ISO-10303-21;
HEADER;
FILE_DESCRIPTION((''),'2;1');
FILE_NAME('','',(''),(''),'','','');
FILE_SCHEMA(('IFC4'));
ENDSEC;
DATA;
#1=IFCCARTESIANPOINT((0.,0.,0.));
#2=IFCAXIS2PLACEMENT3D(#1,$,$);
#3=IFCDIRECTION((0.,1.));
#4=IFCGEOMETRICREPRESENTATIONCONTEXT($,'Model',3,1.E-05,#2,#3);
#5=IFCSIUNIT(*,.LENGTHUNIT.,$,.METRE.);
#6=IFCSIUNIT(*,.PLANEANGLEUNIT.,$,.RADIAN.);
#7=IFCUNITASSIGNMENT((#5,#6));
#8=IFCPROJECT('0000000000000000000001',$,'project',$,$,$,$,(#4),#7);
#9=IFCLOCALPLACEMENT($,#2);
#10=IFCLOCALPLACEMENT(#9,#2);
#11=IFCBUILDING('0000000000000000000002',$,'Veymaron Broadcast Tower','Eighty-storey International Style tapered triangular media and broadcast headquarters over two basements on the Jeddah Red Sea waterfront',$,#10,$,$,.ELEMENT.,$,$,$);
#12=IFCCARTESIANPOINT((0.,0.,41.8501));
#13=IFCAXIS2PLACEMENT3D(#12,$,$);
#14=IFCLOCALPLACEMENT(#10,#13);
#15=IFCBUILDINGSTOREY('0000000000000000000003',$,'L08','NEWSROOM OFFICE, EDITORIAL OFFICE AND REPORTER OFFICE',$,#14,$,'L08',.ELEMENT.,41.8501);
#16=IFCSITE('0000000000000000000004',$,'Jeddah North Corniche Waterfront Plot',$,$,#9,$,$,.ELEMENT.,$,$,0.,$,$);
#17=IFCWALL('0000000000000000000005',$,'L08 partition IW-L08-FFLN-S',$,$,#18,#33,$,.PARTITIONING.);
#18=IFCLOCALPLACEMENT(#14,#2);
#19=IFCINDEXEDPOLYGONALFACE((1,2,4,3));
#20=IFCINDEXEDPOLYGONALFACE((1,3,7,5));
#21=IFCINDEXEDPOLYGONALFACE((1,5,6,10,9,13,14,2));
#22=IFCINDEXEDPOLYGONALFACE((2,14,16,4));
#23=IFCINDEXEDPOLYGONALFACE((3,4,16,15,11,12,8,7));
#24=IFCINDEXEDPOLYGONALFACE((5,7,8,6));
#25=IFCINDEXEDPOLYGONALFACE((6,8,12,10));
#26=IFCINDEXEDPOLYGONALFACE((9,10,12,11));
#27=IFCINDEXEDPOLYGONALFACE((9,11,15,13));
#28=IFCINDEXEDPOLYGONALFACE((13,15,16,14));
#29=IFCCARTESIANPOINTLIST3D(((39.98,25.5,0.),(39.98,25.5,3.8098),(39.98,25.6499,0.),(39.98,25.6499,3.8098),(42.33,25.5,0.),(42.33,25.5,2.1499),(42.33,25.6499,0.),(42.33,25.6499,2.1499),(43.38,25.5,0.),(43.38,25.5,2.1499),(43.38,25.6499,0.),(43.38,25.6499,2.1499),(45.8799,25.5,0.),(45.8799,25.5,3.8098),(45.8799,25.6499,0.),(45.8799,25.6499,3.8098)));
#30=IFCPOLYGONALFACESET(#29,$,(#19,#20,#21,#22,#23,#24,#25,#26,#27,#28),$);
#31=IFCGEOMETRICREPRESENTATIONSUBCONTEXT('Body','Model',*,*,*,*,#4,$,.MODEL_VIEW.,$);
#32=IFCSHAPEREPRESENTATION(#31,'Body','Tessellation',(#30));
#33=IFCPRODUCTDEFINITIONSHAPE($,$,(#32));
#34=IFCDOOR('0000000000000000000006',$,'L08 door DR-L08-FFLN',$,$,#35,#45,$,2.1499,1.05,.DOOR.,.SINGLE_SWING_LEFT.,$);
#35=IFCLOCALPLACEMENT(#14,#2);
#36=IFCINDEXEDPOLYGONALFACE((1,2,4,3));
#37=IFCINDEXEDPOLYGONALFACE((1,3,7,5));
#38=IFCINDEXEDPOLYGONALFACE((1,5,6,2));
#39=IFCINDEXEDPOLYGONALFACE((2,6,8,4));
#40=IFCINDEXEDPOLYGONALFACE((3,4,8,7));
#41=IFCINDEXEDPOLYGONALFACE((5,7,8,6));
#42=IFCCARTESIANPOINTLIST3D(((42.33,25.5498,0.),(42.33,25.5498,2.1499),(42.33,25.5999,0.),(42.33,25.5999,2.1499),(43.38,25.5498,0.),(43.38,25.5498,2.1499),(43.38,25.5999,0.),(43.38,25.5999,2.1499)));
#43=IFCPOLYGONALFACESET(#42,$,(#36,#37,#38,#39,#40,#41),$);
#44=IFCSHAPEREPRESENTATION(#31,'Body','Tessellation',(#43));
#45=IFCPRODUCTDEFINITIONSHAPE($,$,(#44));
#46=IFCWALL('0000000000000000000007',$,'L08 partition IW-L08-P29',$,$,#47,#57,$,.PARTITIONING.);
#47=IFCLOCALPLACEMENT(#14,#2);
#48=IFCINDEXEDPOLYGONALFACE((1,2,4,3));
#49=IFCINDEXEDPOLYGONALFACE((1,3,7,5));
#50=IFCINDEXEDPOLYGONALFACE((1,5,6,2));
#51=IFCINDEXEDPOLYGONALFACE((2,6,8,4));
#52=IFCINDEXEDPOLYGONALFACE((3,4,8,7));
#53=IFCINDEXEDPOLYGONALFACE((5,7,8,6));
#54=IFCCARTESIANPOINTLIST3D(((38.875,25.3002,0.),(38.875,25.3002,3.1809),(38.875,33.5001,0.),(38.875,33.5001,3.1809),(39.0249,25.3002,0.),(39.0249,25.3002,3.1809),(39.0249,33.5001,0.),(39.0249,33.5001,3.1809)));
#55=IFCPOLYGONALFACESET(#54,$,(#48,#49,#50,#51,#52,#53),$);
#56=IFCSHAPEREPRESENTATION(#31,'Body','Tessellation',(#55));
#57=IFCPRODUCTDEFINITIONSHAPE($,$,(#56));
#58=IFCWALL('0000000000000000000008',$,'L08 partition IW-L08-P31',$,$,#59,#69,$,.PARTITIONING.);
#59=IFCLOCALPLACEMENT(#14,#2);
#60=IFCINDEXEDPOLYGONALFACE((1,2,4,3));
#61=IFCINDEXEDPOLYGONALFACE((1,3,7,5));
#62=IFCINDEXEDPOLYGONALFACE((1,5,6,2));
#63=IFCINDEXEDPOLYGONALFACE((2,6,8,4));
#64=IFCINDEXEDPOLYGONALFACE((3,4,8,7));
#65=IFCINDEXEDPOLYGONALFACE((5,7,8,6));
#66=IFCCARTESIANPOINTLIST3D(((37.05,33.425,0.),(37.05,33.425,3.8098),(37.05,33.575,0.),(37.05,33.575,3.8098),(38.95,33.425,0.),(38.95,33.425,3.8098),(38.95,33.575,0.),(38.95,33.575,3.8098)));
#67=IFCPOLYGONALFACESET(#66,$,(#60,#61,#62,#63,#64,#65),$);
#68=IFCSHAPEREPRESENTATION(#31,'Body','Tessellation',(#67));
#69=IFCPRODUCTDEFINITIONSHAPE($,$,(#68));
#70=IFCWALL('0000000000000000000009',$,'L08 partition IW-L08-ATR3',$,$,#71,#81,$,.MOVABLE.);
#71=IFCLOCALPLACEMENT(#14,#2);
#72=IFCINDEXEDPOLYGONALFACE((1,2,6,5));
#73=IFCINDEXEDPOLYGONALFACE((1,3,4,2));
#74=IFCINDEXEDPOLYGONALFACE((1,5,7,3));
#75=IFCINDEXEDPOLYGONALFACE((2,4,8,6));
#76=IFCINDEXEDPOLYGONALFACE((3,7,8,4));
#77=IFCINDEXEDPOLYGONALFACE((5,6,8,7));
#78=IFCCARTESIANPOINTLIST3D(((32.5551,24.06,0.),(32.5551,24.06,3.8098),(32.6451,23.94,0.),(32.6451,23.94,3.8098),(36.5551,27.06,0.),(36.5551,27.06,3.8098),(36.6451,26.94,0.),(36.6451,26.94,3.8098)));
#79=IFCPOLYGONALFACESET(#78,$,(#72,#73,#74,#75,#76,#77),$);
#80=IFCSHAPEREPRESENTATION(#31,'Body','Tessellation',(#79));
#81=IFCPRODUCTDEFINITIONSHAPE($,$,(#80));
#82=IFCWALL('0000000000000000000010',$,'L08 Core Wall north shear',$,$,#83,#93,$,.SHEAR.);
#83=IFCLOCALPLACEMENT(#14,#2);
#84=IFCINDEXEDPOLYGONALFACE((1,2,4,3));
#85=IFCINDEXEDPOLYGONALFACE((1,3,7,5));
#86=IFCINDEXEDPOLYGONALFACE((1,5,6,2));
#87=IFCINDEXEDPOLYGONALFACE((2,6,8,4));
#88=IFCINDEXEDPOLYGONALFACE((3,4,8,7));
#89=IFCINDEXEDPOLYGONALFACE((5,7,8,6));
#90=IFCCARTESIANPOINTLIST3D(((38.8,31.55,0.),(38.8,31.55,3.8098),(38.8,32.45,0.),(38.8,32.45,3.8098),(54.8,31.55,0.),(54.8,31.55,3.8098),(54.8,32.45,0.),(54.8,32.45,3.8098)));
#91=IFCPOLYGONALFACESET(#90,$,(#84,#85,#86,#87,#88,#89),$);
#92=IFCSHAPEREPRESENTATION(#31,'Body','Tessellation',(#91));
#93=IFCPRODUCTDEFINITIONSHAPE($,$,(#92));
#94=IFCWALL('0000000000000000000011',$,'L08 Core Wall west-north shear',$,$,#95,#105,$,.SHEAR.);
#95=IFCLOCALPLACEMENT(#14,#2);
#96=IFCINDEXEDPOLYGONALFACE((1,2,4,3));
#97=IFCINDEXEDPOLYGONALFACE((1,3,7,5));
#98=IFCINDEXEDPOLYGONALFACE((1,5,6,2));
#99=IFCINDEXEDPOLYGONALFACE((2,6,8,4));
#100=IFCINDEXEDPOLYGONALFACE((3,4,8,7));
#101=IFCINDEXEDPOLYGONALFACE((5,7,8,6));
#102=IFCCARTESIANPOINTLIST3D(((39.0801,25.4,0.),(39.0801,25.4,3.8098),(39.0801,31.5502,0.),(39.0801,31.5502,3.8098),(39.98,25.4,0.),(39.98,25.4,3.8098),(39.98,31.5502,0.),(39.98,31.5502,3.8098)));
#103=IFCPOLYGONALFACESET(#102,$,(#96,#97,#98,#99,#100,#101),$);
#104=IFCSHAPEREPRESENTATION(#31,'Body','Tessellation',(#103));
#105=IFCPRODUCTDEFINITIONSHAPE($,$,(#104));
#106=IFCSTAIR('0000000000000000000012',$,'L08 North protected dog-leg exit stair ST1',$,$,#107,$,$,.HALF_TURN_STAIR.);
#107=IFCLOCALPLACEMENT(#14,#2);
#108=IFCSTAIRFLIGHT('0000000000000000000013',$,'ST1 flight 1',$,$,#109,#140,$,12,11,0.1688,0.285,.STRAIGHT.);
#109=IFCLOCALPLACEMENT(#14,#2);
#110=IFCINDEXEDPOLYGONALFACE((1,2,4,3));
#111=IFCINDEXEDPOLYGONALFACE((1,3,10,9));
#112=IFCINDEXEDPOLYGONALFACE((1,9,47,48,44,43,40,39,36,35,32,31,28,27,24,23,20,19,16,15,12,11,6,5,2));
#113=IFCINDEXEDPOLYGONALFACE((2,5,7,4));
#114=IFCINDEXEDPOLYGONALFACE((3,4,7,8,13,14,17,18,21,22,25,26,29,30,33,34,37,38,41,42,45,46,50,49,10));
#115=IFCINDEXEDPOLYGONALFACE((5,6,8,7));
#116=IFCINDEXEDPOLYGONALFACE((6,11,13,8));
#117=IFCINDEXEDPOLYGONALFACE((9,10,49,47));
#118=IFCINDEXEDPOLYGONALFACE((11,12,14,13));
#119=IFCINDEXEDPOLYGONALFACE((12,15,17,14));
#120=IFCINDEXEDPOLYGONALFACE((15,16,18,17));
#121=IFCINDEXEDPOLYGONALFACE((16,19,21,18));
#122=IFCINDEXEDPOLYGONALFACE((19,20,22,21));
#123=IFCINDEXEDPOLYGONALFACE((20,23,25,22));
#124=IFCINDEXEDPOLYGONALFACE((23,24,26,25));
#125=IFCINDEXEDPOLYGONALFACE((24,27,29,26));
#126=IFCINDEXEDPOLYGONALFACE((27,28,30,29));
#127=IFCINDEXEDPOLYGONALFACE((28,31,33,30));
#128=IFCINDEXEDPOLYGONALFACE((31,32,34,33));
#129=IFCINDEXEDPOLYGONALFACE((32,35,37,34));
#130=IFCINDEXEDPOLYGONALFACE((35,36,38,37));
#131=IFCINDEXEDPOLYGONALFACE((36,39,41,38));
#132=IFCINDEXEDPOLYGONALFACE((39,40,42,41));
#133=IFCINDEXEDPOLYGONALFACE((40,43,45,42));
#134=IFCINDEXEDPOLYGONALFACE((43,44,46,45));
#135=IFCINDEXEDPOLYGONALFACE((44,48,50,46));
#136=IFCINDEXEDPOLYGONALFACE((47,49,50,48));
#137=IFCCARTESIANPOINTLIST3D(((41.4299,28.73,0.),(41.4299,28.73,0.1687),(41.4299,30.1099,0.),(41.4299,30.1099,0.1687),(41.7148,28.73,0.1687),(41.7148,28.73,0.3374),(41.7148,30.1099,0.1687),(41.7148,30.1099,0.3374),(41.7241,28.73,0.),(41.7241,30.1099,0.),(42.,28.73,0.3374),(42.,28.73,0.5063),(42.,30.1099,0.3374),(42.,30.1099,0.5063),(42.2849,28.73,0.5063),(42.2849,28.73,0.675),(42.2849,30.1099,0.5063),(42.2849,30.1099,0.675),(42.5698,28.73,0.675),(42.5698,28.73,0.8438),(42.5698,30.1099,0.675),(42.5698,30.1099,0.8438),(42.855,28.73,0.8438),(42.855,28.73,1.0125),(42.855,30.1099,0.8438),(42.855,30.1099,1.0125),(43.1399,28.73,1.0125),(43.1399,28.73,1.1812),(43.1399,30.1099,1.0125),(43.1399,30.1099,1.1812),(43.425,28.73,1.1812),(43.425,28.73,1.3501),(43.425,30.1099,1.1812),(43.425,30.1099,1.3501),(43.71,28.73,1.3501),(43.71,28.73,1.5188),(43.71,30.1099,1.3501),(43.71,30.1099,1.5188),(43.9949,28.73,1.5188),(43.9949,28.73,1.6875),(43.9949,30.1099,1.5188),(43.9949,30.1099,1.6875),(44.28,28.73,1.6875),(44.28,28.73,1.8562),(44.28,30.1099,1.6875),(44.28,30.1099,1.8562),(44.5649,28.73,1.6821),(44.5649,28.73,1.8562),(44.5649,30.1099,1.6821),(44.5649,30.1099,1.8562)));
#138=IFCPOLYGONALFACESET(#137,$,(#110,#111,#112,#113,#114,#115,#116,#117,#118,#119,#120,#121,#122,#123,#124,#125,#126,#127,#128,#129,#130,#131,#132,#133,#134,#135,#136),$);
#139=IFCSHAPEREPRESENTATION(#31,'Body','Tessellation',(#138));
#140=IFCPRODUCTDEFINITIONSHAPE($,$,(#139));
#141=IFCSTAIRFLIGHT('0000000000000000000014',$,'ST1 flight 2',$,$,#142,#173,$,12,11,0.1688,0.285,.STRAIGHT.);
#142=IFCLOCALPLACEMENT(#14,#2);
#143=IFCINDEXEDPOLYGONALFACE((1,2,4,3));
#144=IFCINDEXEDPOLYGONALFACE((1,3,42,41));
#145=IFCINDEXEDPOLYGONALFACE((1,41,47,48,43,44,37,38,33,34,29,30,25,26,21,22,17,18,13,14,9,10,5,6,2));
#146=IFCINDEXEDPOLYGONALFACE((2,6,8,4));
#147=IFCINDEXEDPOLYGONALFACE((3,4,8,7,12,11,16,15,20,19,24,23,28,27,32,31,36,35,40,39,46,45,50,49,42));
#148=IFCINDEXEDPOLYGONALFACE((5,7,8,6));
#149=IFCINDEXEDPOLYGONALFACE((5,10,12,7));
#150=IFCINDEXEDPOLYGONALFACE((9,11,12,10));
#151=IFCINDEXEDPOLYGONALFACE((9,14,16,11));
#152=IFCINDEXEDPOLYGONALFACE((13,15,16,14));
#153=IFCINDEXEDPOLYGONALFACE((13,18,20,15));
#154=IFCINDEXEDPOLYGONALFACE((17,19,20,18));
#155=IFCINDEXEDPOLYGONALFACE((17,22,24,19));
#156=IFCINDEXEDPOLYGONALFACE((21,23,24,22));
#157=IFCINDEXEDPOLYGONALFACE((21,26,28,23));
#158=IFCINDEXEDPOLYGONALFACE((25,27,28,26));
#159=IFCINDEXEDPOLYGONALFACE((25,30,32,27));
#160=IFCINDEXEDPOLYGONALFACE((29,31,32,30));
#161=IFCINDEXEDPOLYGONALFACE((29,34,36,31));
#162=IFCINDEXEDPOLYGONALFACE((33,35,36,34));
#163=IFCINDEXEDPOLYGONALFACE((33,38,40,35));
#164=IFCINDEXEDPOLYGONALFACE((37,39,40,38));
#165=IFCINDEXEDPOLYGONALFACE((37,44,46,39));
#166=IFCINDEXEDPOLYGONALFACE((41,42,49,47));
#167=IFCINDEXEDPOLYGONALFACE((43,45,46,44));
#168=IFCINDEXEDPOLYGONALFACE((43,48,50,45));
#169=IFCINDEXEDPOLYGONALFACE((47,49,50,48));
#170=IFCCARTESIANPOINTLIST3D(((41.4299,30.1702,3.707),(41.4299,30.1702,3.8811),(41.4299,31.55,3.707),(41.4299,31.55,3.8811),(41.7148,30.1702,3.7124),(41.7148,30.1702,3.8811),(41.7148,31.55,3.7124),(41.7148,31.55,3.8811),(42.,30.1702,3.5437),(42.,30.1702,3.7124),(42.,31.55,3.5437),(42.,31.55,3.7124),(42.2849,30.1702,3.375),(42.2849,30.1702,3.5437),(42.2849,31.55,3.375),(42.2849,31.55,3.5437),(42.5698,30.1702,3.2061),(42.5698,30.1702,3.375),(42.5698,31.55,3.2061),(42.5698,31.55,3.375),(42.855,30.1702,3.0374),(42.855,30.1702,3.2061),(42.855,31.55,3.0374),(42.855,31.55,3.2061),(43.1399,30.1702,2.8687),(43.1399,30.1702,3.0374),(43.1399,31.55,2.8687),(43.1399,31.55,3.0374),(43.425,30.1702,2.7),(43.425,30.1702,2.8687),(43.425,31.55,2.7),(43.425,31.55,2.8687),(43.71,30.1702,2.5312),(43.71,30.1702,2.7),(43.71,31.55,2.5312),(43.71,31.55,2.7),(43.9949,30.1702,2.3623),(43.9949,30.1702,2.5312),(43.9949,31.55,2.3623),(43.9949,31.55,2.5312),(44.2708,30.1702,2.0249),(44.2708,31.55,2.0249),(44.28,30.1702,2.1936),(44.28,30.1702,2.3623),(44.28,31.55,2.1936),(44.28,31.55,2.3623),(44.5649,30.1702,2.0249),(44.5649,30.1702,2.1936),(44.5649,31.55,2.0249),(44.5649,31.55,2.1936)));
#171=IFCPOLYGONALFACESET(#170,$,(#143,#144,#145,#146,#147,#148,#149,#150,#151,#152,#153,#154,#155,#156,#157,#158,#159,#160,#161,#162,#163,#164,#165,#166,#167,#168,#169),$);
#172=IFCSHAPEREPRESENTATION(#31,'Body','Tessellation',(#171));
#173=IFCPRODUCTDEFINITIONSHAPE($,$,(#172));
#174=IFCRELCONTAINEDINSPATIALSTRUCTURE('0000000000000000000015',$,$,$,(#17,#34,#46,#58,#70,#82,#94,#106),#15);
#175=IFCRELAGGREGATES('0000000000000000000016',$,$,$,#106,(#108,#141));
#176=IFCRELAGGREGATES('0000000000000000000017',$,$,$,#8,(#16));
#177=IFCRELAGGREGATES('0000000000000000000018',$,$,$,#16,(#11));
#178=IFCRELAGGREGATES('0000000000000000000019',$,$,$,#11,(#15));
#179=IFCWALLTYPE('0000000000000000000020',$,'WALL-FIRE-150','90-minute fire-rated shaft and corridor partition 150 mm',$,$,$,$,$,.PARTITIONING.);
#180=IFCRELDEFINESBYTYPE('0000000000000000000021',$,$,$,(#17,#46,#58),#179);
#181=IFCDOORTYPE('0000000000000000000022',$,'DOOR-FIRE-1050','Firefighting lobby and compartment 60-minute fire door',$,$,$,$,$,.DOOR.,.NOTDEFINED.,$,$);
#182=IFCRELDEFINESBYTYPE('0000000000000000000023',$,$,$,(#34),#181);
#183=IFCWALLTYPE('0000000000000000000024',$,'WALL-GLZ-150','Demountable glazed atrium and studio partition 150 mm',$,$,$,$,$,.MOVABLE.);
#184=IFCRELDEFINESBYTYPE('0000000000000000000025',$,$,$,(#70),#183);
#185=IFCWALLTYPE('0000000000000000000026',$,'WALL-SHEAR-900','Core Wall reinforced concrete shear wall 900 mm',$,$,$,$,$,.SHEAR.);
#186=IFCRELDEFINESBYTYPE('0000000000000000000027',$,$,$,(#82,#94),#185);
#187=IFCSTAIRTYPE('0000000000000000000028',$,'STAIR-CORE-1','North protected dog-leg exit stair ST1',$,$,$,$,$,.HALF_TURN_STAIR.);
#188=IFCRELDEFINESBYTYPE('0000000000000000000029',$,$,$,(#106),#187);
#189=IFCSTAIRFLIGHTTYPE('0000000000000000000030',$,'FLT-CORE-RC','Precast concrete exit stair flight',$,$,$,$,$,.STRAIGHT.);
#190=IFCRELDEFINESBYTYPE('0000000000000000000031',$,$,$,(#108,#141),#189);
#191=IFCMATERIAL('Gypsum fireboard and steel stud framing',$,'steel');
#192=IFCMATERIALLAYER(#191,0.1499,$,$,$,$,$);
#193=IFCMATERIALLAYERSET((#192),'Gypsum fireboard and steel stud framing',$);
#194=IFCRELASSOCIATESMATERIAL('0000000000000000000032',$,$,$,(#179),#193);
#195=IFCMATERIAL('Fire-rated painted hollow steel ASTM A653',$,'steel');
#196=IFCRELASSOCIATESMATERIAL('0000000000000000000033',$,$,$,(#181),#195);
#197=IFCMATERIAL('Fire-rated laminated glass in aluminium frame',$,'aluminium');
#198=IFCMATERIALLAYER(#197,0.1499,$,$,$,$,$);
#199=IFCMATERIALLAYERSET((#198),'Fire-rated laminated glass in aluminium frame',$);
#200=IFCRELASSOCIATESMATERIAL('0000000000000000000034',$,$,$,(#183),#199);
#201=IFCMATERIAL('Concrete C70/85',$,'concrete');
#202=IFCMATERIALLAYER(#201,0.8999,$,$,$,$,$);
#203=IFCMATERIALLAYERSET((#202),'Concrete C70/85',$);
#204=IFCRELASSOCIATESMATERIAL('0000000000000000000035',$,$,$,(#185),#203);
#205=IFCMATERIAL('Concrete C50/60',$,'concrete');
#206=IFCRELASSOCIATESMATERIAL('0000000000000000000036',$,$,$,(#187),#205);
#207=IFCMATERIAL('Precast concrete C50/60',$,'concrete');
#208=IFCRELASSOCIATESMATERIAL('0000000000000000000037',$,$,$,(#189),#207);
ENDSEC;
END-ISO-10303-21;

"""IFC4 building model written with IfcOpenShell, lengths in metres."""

from ifc_helpers import new_model, si_unit, direction, frame, frame_2d, origin, place, context, subcontext, project, spatial, polyline, rectangle, outline, extrude, material, layer, layer_set, type_object, element, fill, aggregate, save


model = new_model("IFC4")

# Units and contexts
model_context = context("Model", 3, precision=1e-05, world=origin(), true_north=direction((0.0, 1.0)))
body_context = subcontext(model_context, "Body", "Model", "MODEL_VIEW")
ifc_project = project(units=[si_unit("LENGTHUNIT", "METRE"), si_unit("PLANEANGLEUNIT", "RADIAN")], contexts=[model_context])

# Site, building, storey
site_placement = place(None, origin())
site = spatial("IfcSite", under=ifc_project, at=site_placement, Name="Jeddah North Corniche Waterfront Plot", CompositionType="ELEMENT", RefElevation=0.0)
building_placement = place(site_placement, origin())
building = spatial("IfcBuilding", under=site, at=building_placement, Name="Veymaron Broadcast Tower", Description="Eighty-storey International Style tapered triangular media and broadcast headquarters over two basements on the Jeddah Red Sea waterfront", CompositionType="ELEMENT")
storey_placement = place(building_placement, frame((0.0, 0.0, 41.8501)))
storey = spatial("IfcBuildingStorey", under=building, at=storey_placement, Name="L08", Description="NEWSROOM OFFICE, EDITORIAL OFFICE AND REPORTER OFFICE", LongName="L08", CompositionType="ELEMENT", Elevation=41.8501)

# Wall, opening, door
ifc_material_1 = material(Name="Gypsum fireboard and steel stud framing", Category="steel")
ifc_layer_1 = layer(ifc_material_1, 0.1499)
ifc_layer_set_1 = layer_set([ifc_layer_1], Name="Gypsum fireboard and steel stud framing")
wall_type_1 = type_object("IfcWallType", Name="WALL-FIRE-150", Description="90-minute fire-rated shaft and corridor partition 150 mm", PredefinedType="PARTITIONING", material=ifc_layer_set_1)
wall_1_placement = place(storey_placement, frame((39.98, 25.575, 0.0), z_axis=(0.0, 0.0, 1.0), x_axis=(1.0, 0.0, 0.0)))
wall_1 = element("IfcWall", 1, at=wall_1_placement, inside=storey, type_object=wall_type_1, Name="L08 partition IW-L08-FFLN-S", PredefinedType="PARTITIONING", context=body_context, shape_type="SweptSolid", body=[
    extrude(rectangle(XDim=5.8999, YDim=0.1499, at=frame_2d((2.95, 0.0))), origin(), (0.0, 0.0, 1.0), 3.8098),
])
opening_1_placement = place(wall_1_placement, frame((2.3501, 0.0, 0.0)))
opening_1 = element("IfcOpeningElement", 2, at=opening_1_placement, cuts=wall_1, PredefinedType="OPENING", context=body_context, shape_type="SweptSolid", body=[
    extrude(rectangle(XDim=1.05, YDim=2.1499, at=frame_2d((0.5249, 1.075))), frame((0.0, 0.085, 0.0), z_axis=(0.0, -1.0, 0.0), x_axis=(1.0, 0.0, 0.0)), (0.0, 0.0, 1.0), 0.1699),
])
ifc_material_2 = material(Name="Fire-rated painted hollow steel ASTM A653", Category="steel")
door_type_1 = type_object("IfcDoorType", Name="DOOR-FIRE-1050", Description="Firefighting lobby and compartment 60-minute fire door", OperationType="NOTDEFINED", PredefinedType="DOOR", material=ifc_material_2)
door_1_placement = place(opening_1_placement, origin())
door_1 = element("IfcDoor", 3, at=door_1_placement, inside=storey, type_object=door_type_1, Name="L08 door DR-L08-FFLN", OperationType="SINGLE_SWING_LEFT", OverallHeight=2.1499, OverallWidth=1.05, PredefinedType="DOOR", context=body_context, shape_type="SweptSolid", body=[
    extrude(rectangle(XDim=1.05, YDim=2.1499, at=frame_2d((0.5249, 1.075))), frame((0.0, 0.0249, 0.0), z_axis=(0.0, -1.0, 0.0), x_axis=(1.0, 0.0, 0.0)), (0.0, 0.0, 1.0), 0.05),
])
fill(opening_1, door_1)

# Walls
wall_2_placement = place(storey_placement, frame((38.95, 25.3, 0.0), z_axis=(0.0, 0.0, 1.0), x_axis=(0.0, 1.0, 0.0)))
element("IfcWall", 4, at=wall_2_placement, inside=storey, type_object=wall_type_1, Name="L08 partition IW-L08-P29", PredefinedType="PARTITIONING", context=body_context, shape_type="SweptSolid", body=[
    extrude(rectangle(XDim=8.2, YDim=0.1499, at=frame_2d((4.1001, 0.0))), origin(), (0.0, 0.0, 1.0), 3.1809),
])
wall_3_placement = place(storey_placement, frame((37.05, 33.5, 0.0), z_axis=(0.0, 0.0, 1.0), x_axis=(1.0, 0.0, 0.0)))
element("IfcWall", 5, at=wall_3_placement, inside=storey, type_object=wall_type_1, Name="L08 partition IW-L08-P31", PredefinedType="PARTITIONING", context=body_context, shape_type="SweptSolid", body=[
    extrude(rectangle(XDim=1.8999, YDim=0.1499, at=frame_2d((0.95, 0.0))), origin(), (0.0, 0.0, 1.0), 3.8098),
])
ifc_material_3 = material(Name="Fire-rated laminated glass in aluminium frame", Category="aluminium")
ifc_layer_2 = layer(ifc_material_3, 0.1499)
ifc_layer_set_2 = layer_set([ifc_layer_2], Name="Fire-rated laminated glass in aluminium frame")
wall_type_2 = type_object("IfcWallType", Name="WALL-GLZ-150", Description="Demountable glazed atrium and studio partition 150 mm", PredefinedType="MOVABLE", material=ifc_layer_set_2)
wall_4_placement = place(storey_placement, frame((36.6001, 27.0, 0.0), z_axis=(0.0, 0.0, 1.0), x_axis=(-0.8, -0.6, 0.0)))
element("IfcWall", 6, at=wall_4_placement, inside=storey, type_object=wall_type_2, Name="L08 partition IW-L08-ATR3", PredefinedType="MOVABLE", context=body_context, shape_type="SweptSolid", body=[
    extrude(rectangle(XDim=5.0, YDim=0.1499, at=frame_2d((2.5, 0.0))), origin(), (0.0, 0.0, 1.0), 3.8098),
])

# Shared definitions
ifc_material_4 = material(Name="Concrete C50/60", Category="concrete")

# Walls
ifc_material_5 = material(Name="Concrete C70/85", Category="concrete")
ifc_layer_3 = layer(ifc_material_5, 0.8999)
ifc_layer_set_3 = layer_set([ifc_layer_3], Name="Concrete C70/85")
wall_type_3 = type_object("IfcWallType", Name="WALL-SHEAR-900", Description="Core Wall reinforced concrete shear wall 900 mm", PredefinedType="SHEAR", material=ifc_layer_set_3)
wall_5_placement = place(storey_placement, frame((38.8, 32.0, 0.0), z_axis=(0.0, 0.0, 1.0), x_axis=(1.0, 0.0, 0.0)))
element("IfcWall", 7, at=wall_5_placement, inside=storey, type_object=wall_type_3, Name="L08 Core Wall north shear", PredefinedType="SHEAR", context=body_context, shape_type="SweptSolid", body=[
    extrude(rectangle(XDim=16.0, YDim=0.8999, at=frame_2d((8.0, 0.0))), origin(), (0.0, 0.0, 1.0), 3.8098),
])
wall_6_placement = place(storey_placement, frame((39.53, 25.3999, 0.0), z_axis=(0.0, 0.0, 1.0), x_axis=(0.0, 1.0, 0.0)))
element("IfcWall", 8, at=wall_6_placement, inside=storey, type_object=wall_type_3, Name="L08 Core Wall west-north shear", PredefinedType="SHEAR", context=body_context, shape_type="SweptSolid", body=[
    extrude(rectangle(XDim=6.1501, YDim=0.8999, at=frame_2d((3.0752, 0.0))), origin(), (0.0, 0.0, 1.0), 3.8098),
])

# Stair, stair flights
stair_type = type_object("IfcStairType", Name="STAIR-CORE-1", Description="North protected dog-leg exit stair ST1", PredefinedType="HALF_TURN_STAIR", material=ifc_material_4)
stair_placement = place(storey_placement, origin())
stair = element("IfcStair", 9, at=stair_placement, inside=storey, type_object=stair_type, Name="L08 North protected dog-leg exit stair ST1", PredefinedType="HALF_TURN_STAIR")
ifc_material_6 = material(Name="Precast concrete C50/60", Category="concrete")
stair_flight_type = type_object("IfcStairFlightType", Name="FLT-CORE-RC", Description="Precast concrete exit stair flight", PredefinedType="STRAIGHT", material=ifc_material_6)
stair_flight_1_placement = place(storey_placement, frame((41.4299, 29.4199, 0.0), z_axis=(0.0, 0.0, 1.0), x_axis=(1.0, 0.0, 0.0)))
stair_flight_1 = element("IfcStairFlight", 10, at=stair_flight_1_placement, type_object=stair_flight_type, Name="ST1 flight 1", NumberOfRisers=12, NumberOfTreads=11, PredefinedType="STRAIGHT", RiserHeight=0.1688, TreadLength=0.285, context=body_context, shape_type="SweptSolid", body=[
    extrude(outline(polyline([(0.0, 0.0), (0.0, 0.1687), (0.2849, 0.1687), (0.2849, 0.3374), (0.5701, 0.3374), (0.5701, 0.5063), (0.855, 0.5063), (0.855, 0.675), (1.1399, 0.675), (1.1399, 0.8438), (1.425, 0.8438), (1.425, 1.0125), (1.71, 1.0125), (1.71, 1.1812), (1.9951, 1.1812), (1.9951, 1.3501), (2.28, 1.3501), (2.28, 1.5188), (2.5649, 1.5188), (2.5649, 1.6875), (2.8501, 1.6875), (2.8501, 1.8562), (3.135, 1.8562), (3.135, 2.0249), (3.135, 1.6821), (0.2942, 0.0), (0.0, 0.0)])), frame((0.0, 0.6899, 0.0), z_axis=(0.0, -1.0, 0.0), x_axis=(1.0, 0.0, 0.0)), (0.0, 0.0, 1.0), 1.3799),
])
stair_flight_2_placement = place(storey_placement, frame((44.5649, 30.8601, 2.0249), z_axis=(0.0, 0.0, 1.0), x_axis=(-1.0, 0.0, 0.0)))
stair_flight_2 = element("IfcStairFlight", 11, at=stair_flight_2_placement, type_object=stair_flight_type, Name="ST1 flight 2", NumberOfRisers=12, NumberOfTreads=11, PredefinedType="STRAIGHT", RiserHeight=0.1688, TreadLength=0.285, context=body_context, shape_type="SweptSolid", body=[
    extrude(outline(polyline([(0.0, 0.0), (0.0, 0.1687), (0.2849, 0.1687), (0.2849, 0.3374), (0.5701, 0.3374), (0.5701, 0.5063), (0.855, 0.5063), (0.855, 0.675), (1.1399, 0.675), (1.1399, 0.8438), (1.425, 0.8438), (1.425, 1.0125), (1.71, 1.0125), (1.71, 1.1812), (1.9951, 1.1812), (1.9951, 1.3501), (2.28, 1.3501), (2.28, 1.5188), (2.5649, 1.5188), (2.5649, 1.6875), (2.8501, 1.6875), (2.8501, 1.8562), (3.135, 1.8562), (3.135, 2.0249), (3.135, 1.6821), (0.2942, 0.0), (0.0, 0.0)])), frame((0.0, 0.6899, 0.0), z_axis=(0.0, -1.0, 0.0), x_axis=(1.0, 0.0, 0.0)), (0.0, 0.0, 1.0), 1.3799),
])
aggregate(stair, [stair_flight_1, stair_flight_2])

save(model, "model.ifc")
